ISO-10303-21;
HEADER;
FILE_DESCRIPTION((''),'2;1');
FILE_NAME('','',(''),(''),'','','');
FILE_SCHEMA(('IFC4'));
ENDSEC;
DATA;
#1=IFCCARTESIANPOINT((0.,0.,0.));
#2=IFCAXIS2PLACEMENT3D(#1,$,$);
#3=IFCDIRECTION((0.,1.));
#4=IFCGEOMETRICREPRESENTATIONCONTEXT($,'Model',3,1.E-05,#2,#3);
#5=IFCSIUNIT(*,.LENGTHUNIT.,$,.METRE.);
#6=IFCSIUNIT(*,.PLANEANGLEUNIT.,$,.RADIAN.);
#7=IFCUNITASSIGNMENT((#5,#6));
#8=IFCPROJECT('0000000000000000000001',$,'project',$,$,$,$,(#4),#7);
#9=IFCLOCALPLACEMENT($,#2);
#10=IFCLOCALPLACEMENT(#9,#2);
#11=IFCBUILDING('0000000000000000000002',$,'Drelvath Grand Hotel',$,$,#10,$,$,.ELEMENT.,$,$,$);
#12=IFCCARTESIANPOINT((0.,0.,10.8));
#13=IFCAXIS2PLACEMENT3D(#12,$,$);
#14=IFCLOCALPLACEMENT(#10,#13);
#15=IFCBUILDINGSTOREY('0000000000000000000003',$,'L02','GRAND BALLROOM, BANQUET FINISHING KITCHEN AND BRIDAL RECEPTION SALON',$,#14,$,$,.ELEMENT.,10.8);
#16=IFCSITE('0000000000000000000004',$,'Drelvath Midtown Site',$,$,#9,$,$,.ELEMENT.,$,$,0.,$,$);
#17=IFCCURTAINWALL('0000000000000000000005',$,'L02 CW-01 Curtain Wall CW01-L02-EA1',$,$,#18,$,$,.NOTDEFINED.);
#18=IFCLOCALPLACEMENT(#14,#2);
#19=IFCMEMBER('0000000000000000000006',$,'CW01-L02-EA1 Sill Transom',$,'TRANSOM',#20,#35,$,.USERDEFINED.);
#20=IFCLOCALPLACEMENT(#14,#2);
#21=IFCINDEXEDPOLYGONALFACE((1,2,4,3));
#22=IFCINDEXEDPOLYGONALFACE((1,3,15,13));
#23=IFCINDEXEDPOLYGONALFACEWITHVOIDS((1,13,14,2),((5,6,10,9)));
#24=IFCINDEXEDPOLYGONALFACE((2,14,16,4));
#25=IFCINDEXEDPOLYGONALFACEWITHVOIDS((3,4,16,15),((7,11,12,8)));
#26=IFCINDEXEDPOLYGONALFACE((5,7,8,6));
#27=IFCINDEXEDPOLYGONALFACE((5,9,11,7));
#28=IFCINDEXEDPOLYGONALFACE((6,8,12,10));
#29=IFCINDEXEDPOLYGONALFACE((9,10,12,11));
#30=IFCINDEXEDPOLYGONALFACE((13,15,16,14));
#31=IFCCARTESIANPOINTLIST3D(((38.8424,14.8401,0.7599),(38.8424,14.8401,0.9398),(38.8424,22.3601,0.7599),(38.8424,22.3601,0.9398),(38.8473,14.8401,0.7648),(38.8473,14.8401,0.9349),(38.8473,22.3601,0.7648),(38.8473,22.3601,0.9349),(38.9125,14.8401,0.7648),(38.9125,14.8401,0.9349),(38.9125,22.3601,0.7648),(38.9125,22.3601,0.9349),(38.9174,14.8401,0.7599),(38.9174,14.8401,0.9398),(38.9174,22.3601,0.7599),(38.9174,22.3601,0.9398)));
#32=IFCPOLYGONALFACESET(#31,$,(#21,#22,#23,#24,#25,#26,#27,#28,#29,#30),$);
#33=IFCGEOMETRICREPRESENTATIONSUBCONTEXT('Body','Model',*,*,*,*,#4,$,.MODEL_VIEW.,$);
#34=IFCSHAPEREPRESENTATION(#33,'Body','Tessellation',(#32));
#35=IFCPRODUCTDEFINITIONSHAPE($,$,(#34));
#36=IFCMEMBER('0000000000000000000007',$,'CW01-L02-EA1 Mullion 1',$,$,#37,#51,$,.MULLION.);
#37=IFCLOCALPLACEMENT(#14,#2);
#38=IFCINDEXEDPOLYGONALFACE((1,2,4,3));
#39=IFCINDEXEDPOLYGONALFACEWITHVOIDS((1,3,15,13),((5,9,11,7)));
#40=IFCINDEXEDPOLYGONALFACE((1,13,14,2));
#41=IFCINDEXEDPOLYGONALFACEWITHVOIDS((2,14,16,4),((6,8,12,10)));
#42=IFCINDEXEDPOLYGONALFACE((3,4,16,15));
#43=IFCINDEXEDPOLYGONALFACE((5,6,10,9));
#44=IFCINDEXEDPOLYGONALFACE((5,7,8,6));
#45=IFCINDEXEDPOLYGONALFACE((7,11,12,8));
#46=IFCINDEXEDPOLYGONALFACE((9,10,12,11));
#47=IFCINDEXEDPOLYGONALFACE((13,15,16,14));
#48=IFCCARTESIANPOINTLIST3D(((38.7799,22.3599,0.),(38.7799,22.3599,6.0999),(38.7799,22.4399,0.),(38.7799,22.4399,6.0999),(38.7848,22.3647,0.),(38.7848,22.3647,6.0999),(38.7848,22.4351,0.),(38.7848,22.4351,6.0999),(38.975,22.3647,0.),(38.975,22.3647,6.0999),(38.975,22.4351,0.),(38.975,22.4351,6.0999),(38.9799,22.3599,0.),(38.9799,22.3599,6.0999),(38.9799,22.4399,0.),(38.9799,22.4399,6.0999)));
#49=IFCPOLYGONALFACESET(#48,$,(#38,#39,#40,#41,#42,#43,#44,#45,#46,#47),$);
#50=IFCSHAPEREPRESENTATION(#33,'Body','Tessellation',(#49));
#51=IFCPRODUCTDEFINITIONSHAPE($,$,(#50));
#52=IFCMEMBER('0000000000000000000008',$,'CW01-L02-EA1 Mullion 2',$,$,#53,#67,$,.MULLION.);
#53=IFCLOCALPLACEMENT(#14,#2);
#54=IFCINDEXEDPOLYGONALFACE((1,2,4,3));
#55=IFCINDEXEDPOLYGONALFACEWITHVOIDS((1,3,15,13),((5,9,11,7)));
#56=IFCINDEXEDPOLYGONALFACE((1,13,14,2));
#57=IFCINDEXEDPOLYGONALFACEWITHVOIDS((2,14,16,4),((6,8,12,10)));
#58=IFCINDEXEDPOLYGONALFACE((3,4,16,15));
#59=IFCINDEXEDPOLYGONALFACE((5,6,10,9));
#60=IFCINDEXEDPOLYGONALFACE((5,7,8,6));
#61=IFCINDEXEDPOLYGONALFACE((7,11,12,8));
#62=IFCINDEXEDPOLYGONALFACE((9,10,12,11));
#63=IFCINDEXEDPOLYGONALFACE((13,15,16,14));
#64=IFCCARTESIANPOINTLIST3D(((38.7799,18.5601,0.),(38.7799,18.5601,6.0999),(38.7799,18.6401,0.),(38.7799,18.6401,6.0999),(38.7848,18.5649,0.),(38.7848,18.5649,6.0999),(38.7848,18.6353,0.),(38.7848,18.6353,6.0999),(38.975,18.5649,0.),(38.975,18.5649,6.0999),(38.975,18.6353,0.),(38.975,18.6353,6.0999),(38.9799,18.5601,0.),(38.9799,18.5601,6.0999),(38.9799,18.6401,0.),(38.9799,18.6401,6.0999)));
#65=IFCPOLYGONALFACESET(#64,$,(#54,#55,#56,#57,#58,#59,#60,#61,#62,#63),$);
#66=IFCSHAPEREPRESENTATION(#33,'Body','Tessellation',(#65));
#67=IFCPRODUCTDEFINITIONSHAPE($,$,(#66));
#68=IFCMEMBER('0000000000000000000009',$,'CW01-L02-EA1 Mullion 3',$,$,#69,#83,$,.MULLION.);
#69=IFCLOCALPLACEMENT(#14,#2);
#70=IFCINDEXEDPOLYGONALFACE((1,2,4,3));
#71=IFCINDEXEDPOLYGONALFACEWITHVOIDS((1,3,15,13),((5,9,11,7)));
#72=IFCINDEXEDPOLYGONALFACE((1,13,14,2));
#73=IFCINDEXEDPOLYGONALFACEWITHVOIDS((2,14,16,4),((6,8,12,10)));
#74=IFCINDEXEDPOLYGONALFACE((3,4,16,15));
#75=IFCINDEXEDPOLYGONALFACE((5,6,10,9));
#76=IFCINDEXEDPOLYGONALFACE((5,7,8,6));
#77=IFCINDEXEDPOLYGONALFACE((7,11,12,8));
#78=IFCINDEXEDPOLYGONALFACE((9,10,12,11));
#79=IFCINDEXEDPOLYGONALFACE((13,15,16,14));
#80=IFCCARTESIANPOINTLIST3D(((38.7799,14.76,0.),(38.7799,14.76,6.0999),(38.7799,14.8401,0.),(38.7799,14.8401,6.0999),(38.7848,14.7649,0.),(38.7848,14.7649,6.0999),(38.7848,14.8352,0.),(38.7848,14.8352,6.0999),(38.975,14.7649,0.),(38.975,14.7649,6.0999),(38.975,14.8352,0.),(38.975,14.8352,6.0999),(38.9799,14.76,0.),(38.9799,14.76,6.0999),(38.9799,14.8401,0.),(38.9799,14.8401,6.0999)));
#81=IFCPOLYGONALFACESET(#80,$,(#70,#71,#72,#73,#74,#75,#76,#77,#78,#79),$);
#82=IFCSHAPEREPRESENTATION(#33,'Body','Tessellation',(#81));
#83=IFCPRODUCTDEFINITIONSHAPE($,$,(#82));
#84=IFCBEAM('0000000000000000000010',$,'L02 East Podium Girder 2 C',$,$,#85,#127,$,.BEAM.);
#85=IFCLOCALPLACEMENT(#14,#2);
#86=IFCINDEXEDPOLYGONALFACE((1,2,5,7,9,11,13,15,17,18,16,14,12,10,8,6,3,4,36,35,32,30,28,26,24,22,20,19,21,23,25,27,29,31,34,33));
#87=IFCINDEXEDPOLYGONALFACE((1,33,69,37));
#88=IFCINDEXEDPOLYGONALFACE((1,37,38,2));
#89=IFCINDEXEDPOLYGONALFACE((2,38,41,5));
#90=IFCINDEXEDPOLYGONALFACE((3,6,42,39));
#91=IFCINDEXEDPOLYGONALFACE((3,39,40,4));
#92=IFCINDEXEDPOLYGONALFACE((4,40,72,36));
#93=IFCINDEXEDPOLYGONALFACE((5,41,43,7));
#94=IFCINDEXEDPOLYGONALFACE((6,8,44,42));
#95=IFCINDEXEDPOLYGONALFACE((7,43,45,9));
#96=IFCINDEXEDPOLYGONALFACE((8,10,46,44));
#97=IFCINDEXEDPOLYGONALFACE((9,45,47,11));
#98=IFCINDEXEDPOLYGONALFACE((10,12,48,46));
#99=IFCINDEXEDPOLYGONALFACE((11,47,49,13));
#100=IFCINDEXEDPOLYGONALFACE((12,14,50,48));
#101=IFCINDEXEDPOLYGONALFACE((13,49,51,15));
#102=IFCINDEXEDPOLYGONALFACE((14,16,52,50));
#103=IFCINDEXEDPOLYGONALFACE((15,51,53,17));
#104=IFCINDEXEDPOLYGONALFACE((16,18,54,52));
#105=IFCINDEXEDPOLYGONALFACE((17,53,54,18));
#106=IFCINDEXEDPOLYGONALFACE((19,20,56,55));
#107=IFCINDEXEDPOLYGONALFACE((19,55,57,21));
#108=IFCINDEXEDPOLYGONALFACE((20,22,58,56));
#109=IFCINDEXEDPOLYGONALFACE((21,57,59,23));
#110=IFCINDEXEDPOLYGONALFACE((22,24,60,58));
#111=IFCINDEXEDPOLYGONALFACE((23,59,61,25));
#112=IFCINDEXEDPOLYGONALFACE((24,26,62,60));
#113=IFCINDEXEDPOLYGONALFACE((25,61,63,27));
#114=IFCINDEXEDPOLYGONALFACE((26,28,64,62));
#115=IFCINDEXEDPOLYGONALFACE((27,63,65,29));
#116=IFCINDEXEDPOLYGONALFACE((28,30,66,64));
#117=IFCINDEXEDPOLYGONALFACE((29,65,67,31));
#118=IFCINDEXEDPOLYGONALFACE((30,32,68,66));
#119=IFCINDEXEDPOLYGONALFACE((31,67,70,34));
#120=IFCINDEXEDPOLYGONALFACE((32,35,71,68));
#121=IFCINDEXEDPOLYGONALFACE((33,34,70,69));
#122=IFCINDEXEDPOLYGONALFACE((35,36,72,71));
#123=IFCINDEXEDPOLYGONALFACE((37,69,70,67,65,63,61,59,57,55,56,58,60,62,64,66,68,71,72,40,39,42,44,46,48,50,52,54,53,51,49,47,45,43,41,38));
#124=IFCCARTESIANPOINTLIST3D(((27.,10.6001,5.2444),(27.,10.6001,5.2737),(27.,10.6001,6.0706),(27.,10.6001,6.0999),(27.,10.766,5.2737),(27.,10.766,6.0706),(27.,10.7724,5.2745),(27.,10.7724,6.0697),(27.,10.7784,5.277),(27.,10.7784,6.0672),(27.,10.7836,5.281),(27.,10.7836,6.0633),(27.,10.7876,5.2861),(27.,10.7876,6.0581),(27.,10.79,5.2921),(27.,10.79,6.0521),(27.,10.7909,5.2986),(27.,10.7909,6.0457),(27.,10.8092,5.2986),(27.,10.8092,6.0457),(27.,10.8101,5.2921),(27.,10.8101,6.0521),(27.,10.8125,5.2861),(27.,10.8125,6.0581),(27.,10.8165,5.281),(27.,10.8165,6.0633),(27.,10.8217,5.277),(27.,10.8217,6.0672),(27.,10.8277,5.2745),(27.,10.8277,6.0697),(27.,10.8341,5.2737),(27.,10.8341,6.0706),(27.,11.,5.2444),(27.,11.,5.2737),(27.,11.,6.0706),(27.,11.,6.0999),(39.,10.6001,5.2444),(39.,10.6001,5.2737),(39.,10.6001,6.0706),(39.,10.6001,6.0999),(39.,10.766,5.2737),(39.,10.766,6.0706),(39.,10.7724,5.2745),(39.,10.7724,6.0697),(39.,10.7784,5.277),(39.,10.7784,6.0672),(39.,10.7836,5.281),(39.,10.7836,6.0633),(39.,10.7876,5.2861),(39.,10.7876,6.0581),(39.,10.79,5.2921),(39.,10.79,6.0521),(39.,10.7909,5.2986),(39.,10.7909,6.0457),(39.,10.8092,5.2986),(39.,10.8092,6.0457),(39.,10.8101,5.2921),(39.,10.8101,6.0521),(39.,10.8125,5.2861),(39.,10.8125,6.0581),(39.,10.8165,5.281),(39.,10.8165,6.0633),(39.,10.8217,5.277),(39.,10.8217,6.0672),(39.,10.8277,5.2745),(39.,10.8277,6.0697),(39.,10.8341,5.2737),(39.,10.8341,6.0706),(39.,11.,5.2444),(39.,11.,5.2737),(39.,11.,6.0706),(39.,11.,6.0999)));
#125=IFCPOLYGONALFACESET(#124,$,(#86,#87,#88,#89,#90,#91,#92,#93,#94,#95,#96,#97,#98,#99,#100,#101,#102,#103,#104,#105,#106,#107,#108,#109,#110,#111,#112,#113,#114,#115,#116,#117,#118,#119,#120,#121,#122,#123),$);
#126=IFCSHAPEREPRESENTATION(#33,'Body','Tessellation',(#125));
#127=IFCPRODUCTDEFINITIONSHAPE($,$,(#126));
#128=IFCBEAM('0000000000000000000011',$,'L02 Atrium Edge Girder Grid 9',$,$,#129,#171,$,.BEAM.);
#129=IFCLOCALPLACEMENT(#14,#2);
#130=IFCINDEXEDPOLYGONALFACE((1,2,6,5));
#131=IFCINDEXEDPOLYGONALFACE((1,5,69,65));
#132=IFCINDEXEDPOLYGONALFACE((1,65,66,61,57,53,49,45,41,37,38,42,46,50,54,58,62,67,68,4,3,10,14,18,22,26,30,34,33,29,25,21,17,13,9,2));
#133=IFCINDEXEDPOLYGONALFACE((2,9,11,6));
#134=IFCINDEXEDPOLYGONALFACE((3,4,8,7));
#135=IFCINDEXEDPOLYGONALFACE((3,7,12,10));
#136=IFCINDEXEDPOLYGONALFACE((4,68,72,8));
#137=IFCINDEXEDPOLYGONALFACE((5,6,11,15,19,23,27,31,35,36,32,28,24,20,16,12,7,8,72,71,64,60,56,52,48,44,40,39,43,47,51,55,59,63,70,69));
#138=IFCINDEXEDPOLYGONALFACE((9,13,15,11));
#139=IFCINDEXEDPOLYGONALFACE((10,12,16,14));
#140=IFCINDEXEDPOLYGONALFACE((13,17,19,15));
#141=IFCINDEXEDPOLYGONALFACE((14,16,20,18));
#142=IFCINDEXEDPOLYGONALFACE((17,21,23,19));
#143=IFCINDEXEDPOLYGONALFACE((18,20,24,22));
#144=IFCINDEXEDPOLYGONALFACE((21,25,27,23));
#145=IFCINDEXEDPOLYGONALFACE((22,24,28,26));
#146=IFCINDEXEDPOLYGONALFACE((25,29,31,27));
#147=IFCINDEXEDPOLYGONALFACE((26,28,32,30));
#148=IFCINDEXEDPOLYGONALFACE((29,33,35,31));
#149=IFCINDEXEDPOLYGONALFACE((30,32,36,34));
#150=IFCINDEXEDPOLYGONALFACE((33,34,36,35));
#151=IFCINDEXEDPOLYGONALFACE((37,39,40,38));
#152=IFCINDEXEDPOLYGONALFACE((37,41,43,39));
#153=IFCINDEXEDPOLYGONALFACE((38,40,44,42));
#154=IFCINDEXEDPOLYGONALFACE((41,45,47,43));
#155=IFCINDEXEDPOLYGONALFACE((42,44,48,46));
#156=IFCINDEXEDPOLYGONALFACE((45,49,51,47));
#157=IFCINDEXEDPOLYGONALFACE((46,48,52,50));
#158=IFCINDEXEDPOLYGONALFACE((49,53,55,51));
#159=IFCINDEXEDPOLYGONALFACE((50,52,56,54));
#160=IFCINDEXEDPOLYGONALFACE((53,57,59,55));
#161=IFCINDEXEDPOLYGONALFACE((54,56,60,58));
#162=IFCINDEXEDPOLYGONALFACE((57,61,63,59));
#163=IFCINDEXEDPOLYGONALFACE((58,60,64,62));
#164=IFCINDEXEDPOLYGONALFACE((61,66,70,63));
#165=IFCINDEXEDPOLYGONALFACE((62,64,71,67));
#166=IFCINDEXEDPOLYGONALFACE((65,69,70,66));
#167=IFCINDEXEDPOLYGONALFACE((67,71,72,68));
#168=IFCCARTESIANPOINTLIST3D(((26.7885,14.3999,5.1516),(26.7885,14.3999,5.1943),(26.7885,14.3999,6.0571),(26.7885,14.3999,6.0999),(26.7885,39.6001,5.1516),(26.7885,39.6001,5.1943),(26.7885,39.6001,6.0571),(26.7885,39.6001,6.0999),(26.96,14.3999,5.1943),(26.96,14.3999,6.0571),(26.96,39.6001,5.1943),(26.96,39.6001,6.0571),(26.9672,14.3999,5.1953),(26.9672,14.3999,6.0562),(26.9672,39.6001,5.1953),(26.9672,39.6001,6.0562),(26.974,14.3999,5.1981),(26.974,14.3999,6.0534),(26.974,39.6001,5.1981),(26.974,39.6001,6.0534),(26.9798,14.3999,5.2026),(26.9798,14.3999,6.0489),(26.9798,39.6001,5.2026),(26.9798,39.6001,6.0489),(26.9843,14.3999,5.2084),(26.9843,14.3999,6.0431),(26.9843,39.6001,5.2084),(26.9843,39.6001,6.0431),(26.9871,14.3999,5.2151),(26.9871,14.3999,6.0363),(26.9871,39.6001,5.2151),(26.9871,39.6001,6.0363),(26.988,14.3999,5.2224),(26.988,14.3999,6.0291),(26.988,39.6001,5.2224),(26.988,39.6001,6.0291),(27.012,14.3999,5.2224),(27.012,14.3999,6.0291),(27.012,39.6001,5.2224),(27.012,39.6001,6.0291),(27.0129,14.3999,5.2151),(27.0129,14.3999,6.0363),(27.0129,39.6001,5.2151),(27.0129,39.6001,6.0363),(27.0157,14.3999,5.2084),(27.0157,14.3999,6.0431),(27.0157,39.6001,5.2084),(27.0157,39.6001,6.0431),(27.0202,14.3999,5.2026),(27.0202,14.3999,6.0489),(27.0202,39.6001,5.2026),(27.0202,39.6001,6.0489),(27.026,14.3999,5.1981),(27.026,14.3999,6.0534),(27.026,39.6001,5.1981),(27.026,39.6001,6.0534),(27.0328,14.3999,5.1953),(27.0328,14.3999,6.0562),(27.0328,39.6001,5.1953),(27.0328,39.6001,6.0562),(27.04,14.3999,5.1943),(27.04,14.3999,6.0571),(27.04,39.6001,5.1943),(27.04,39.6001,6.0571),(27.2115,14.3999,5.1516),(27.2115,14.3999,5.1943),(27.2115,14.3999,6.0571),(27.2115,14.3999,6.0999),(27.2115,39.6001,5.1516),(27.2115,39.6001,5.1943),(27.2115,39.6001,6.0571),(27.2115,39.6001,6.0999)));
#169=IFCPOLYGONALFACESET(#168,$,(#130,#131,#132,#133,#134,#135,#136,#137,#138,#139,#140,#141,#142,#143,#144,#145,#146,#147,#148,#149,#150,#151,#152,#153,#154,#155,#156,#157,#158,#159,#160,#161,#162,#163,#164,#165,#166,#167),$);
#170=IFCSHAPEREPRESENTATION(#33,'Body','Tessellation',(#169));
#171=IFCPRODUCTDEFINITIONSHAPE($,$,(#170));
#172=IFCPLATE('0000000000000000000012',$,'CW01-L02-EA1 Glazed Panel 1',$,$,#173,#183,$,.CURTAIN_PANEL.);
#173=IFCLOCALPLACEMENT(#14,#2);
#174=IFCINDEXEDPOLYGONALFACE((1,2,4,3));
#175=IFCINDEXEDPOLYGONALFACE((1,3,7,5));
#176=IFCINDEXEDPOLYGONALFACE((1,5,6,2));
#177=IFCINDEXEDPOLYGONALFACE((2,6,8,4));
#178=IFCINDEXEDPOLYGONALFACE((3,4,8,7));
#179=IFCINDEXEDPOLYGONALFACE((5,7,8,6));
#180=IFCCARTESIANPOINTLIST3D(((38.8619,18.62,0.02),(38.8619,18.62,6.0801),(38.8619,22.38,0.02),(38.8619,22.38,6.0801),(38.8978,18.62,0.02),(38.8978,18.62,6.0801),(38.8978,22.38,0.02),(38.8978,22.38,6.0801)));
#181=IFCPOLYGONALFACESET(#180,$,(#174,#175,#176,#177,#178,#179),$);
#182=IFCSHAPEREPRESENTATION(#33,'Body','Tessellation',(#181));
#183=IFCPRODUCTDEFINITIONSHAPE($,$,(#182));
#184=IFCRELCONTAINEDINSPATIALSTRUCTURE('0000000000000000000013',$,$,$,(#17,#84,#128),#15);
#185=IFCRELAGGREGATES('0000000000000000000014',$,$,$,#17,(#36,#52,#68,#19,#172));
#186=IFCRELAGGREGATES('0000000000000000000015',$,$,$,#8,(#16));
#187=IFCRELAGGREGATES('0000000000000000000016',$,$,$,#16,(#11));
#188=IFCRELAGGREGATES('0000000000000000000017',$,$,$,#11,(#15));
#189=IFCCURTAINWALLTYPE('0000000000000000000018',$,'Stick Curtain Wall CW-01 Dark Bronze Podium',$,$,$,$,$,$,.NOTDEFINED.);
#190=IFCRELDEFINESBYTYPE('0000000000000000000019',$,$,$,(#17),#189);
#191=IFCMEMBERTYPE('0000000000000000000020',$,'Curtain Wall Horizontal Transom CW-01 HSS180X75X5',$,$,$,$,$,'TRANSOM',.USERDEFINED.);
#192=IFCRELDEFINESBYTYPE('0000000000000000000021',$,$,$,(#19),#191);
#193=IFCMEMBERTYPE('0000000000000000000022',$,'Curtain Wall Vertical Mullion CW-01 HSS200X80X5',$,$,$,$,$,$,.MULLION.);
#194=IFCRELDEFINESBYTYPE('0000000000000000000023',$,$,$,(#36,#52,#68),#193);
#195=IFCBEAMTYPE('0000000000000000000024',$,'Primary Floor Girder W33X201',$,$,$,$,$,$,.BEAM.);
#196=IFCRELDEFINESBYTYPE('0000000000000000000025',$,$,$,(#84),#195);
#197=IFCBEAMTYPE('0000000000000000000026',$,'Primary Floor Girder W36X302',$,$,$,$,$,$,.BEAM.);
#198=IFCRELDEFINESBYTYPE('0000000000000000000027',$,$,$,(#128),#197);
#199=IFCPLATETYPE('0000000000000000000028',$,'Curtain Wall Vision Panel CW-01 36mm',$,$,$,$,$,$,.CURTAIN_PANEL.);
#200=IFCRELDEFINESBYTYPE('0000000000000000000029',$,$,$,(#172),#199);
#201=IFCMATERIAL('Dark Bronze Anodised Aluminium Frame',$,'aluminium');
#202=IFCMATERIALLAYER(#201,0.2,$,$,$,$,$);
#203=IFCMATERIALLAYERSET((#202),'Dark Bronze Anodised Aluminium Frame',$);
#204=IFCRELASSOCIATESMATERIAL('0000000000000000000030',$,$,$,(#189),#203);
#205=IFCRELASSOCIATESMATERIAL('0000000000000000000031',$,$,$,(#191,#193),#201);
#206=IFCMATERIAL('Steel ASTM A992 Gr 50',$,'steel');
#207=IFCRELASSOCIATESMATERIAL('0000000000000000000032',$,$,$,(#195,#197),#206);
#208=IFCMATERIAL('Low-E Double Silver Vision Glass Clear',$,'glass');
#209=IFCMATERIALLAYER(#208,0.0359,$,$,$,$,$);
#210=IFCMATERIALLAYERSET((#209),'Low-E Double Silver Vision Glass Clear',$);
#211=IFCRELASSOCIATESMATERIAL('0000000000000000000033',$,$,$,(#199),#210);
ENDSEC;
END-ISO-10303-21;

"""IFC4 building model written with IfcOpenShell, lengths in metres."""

from ifc_helpers import new_model, si_unit, direction, frame, origin, origin_2d, place, context, subcontext, project, spatial, rectangle, hollow_rectangle, i_section, extrude, material, layer, layer_set, material_profile, profile_set, type_object, element, aggregate, save


model = new_model("IFC4")

# Units and contexts
model_context = context("Model", 3, precision=1e-05, world=origin(), true_north=direction((0.0, 1.0)))
body_context = subcontext(model_context, "Body", "Model", "MODEL_VIEW")
ifc_project = project(units=[si_unit("LENGTHUNIT", "METRE"), si_unit("PLANEANGLEUNIT", "RADIAN")], contexts=[model_context])

# Site, building, storey
site_placement = place(None, origin())
site = spatial("IfcSite", under=ifc_project, at=site_placement, Name="Drelvath Midtown Site", CompositionType="ELEMENT", RefElevation=0.0)
building_placement = place(site_placement, origin())
building = spatial("IfcBuilding", under=site, at=building_placement, Name="Drelvath Grand Hotel", CompositionType="ELEMENT")
storey_placement = place(building_placement, frame((0.0, 0.0, 10.8)))
storey = spatial("IfcBuildingStorey", under=building, at=storey_placement, Name="L02", Description="GRAND BALLROOM, BANQUET FINISHING KITCHEN AND BRIDAL RECEPTION SALON", CompositionType="ELEMENT", Elevation=10.8)

# Curtain wall, members
ifc_material_1 = material(Name="Dark Bronze Anodised Aluminium Frame", Category="aluminium")
ifc_layer_1 = layer(ifc_material_1, 0.2)
ifc_layer_set_1 = layer_set([ifc_layer_1], Name="Dark Bronze Anodised Aluminium Frame")
curtain_wall_type = type_object("IfcCurtainWallType", Name="Stick Curtain Wall CW-01 Dark Bronze Podium", PredefinedType="NOTDEFINED", material=ifc_layer_set_1)
curtain_wall_placement = place(storey_placement, origin())
curtain_wall = element("IfcCurtainWall", 1, at=curtain_wall_placement, inside=storey, type_object=curtain_wall_type, Name="L02 CW-01 Curtain Wall CW01-L02-EA1", PredefinedType="NOTDEFINED")
ifc_material_profile_1 = material_profile(ifc_material_1, hollow_rectangle(XDim=0.075, YDim=0.1799, WallThickness=0.0049, at=origin_2d()), Name="HSS180X75X5")
ifc_profile_set_1 = profile_set([ifc_material_profile_1], Name="Dark Bronze Anodised Aluminium Frame")
member_type_1 = type_object("IfcMemberType", Name="Curtain Wall Horizontal Transom CW-01 HSS180X75X5", ElementType="TRANSOM", PredefinedType="USERDEFINED", material=ifc_profile_set_1)
member_1_placement = place(storey_placement, frame((38.8799, 22.3601, 0.8499), z_axis=(0.0, -1.0, 0.0), x_axis=(1.0, 0.0, 0.0)))
member_1 = element("IfcMember", 2, at=member_1_placement, type_object=member_type_1, Name="CW01-L02-EA1 Sill Transom", ObjectType="TRANSOM", PredefinedType="USERDEFINED", context=body_context, shape_type="SweptSolid", body=[
    extrude(hollow_rectangle(XDim=0.075, YDim=0.1799, WallThickness=0.0049, at=origin_2d()), origin(), (0.0, 0.0, 1.0), 7.52),
])
ifc_material_profile_2 = material_profile(ifc_material_1, hollow_rectangle(XDim=0.0801, YDim=0.2, WallThickness=0.0049, at=origin_2d()), Name="HSS200X80X5")
ifc_profile_set_2 = profile_set([ifc_material_profile_2], Name="Dark Bronze Anodised Aluminium Frame")
member_type_2 = type_object("IfcMemberType", Name="Curtain Wall Vertical Mullion CW-01 HSS200X80X5", PredefinedType="MULLION", material=ifc_profile_set_2)
member_2_placement = place(storey_placement, frame((38.8799, 22.3999, 0.0), z_axis=(0.0, 0.0, 1.0), x_axis=(0.0, 1.0, 0.0)))
member_2 = element("IfcMember", 3, at=member_2_placement, type_object=member_type_2, Name="CW01-L02-EA1 Mullion 1", PredefinedType="MULLION", context=body_context, shape_type="SweptSolid", body=[
    extrude(hollow_rectangle(XDim=0.0801, YDim=0.2, WallThickness=0.0049, at=origin_2d()), origin(), (0.0, 0.0, 1.0), 6.0999),
])
member_3_placement = place(storey_placement, frame((38.8799, 18.6001, 0.0), z_axis=(0.0, 0.0, 1.0), x_axis=(0.0, 1.0, 0.0)))
member_3 = element("IfcMember", 4, at=member_3_placement, type_object=member_type_2, Name="CW01-L02-EA1 Mullion 2", PredefinedType="MULLION", context=body_context, shape_type="SweptSolid", body=[
    extrude(hollow_rectangle(XDim=0.0801, YDim=0.2, WallThickness=0.0049, at=origin_2d()), origin(), (0.0, 0.0, 1.0), 6.0999),
])
member_4_placement = place(storey_placement, frame((38.8799, 14.8, 0.0), z_axis=(0.0, 0.0, 1.0), x_axis=(0.0, 1.0, 0.0)))
member_4 = element("IfcMember", 5, at=member_4_placement, type_object=member_type_2, Name="CW01-L02-EA1 Mullion 3", PredefinedType="MULLION", context=body_context, shape_type="SweptSolid", body=[
    extrude(hollow_rectangle(XDim=0.0801, YDim=0.2, WallThickness=0.0049, at=origin_2d()), origin(), (0.0, 0.0, 1.0), 6.0999),
])

# Beams
ifc_material_2 = material(Name="Steel ASTM A992 Gr 50", Category="steel")
ifc_material_profile_3 = material_profile(ifc_material_2, i_section(OverallWidth=0.3999, OverallDepth=0.8555, WebThickness=0.0183, FlangeThickness=0.0293, FilletRadius=0.0249, at=origin_2d()), Name="W33X201")
ifc_profile_set_3 = profile_set([ifc_material_profile_3], Name="Steel ASTM A992 Gr 50")
beam_type_1 = type_object("IfcBeamType", Name="Primary Floor Girder W33X201", PredefinedType="BEAM", material=ifc_profile_set_3)
beam_1_placement = place(storey_placement, frame((27.0, 10.8, 5.6721), z_axis=(1.0, 0.0, 0.0), x_axis=(0.0, 1.0, 0.0)))
element("IfcBeam", 6, at=beam_1_placement, inside=storey, type_object=beam_type_1, Name="L02 East Podium Girder 2 C", PredefinedType="BEAM", context=body_context, shape_type="SweptSolid", body=[
    extrude(i_section(OverallWidth=0.3999, OverallDepth=0.8555, WebThickness=0.0183, FlangeThickness=0.0293, FilletRadius=0.0249, at=origin_2d()), origin(), (0.0, 0.0, 1.0), 12.0),
])
ifc_material_profile_4 = material_profile(ifc_material_2, i_section(OverallWidth=0.4231, OverallDepth=0.9482, WebThickness=0.0239, FlangeThickness=0.0427, FilletRadius=0.0281, at=origin_2d()), Name="W36X302")
ifc_profile_set_4 = profile_set([ifc_material_profile_4], Name="Steel ASTM A992 Gr 50")
beam_type_2 = type_object("IfcBeamType", Name="Primary Floor Girder W36X302", PredefinedType="BEAM", material=ifc_profile_set_4)
beam_2_placement = place(storey_placement, frame((27.0, 14.3999, 5.6257), z_axis=(0.0, 1.0, 0.0), x_axis=(-1.0, 0.0, 0.0)))
element("IfcBeam", 7, at=beam_2_placement, inside=storey, type_object=beam_type_2, Name="L02 Atrium Edge Girder Grid 9", PredefinedType="BEAM", context=body_context, shape_type="SweptSolid", body=[
    extrude(i_section(OverallWidth=0.4231, OverallDepth=0.9482, WebThickness=0.0239, FlangeThickness=0.0427, FilletRadius=0.0281, at=origin_2d()), origin(), (0.0, 0.0, 1.0), 25.2002),
])

# Plate
ifc_material_3 = material(Name="Low-E Double Silver Vision Glass Clear", Category="glass")
ifc_layer_2 = layer(ifc_material_3, 0.0359)
ifc_layer_set_2 = layer_set([ifc_layer_2], Name="Low-E Double Silver Vision Glass Clear")
plate_type = type_object("IfcPlateType", Name="Curtain Wall Vision Panel CW-01 36mm", PredefinedType="CURTAIN_PANEL", material=ifc_layer_set_2)
plate_1_placement = place(storey_placement, frame((38.8799, 20.5, 0.02), z_axis=(0.0, 0.0, 1.0), x_axis=(0.0, -1.0, 0.0)))
plate_1 = element("IfcPlate", 8, at=plate_1_placement, type_object=plate_type, Name="CW01-L02-EA1 Glazed Panel 1", PredefinedType="CURTAIN_PANEL", context=body_context, shape_type="SweptSolid", body=[
    extrude(rectangle(XDim=3.76, YDim=0.0359, at=origin_2d()), origin(), (0.0, 0.0, 1.0), 6.0601),
])
aggregate(curtain_wall, [member_2, member_3, member_4, member_1, plate_1])

save(model, "model.ifc")
